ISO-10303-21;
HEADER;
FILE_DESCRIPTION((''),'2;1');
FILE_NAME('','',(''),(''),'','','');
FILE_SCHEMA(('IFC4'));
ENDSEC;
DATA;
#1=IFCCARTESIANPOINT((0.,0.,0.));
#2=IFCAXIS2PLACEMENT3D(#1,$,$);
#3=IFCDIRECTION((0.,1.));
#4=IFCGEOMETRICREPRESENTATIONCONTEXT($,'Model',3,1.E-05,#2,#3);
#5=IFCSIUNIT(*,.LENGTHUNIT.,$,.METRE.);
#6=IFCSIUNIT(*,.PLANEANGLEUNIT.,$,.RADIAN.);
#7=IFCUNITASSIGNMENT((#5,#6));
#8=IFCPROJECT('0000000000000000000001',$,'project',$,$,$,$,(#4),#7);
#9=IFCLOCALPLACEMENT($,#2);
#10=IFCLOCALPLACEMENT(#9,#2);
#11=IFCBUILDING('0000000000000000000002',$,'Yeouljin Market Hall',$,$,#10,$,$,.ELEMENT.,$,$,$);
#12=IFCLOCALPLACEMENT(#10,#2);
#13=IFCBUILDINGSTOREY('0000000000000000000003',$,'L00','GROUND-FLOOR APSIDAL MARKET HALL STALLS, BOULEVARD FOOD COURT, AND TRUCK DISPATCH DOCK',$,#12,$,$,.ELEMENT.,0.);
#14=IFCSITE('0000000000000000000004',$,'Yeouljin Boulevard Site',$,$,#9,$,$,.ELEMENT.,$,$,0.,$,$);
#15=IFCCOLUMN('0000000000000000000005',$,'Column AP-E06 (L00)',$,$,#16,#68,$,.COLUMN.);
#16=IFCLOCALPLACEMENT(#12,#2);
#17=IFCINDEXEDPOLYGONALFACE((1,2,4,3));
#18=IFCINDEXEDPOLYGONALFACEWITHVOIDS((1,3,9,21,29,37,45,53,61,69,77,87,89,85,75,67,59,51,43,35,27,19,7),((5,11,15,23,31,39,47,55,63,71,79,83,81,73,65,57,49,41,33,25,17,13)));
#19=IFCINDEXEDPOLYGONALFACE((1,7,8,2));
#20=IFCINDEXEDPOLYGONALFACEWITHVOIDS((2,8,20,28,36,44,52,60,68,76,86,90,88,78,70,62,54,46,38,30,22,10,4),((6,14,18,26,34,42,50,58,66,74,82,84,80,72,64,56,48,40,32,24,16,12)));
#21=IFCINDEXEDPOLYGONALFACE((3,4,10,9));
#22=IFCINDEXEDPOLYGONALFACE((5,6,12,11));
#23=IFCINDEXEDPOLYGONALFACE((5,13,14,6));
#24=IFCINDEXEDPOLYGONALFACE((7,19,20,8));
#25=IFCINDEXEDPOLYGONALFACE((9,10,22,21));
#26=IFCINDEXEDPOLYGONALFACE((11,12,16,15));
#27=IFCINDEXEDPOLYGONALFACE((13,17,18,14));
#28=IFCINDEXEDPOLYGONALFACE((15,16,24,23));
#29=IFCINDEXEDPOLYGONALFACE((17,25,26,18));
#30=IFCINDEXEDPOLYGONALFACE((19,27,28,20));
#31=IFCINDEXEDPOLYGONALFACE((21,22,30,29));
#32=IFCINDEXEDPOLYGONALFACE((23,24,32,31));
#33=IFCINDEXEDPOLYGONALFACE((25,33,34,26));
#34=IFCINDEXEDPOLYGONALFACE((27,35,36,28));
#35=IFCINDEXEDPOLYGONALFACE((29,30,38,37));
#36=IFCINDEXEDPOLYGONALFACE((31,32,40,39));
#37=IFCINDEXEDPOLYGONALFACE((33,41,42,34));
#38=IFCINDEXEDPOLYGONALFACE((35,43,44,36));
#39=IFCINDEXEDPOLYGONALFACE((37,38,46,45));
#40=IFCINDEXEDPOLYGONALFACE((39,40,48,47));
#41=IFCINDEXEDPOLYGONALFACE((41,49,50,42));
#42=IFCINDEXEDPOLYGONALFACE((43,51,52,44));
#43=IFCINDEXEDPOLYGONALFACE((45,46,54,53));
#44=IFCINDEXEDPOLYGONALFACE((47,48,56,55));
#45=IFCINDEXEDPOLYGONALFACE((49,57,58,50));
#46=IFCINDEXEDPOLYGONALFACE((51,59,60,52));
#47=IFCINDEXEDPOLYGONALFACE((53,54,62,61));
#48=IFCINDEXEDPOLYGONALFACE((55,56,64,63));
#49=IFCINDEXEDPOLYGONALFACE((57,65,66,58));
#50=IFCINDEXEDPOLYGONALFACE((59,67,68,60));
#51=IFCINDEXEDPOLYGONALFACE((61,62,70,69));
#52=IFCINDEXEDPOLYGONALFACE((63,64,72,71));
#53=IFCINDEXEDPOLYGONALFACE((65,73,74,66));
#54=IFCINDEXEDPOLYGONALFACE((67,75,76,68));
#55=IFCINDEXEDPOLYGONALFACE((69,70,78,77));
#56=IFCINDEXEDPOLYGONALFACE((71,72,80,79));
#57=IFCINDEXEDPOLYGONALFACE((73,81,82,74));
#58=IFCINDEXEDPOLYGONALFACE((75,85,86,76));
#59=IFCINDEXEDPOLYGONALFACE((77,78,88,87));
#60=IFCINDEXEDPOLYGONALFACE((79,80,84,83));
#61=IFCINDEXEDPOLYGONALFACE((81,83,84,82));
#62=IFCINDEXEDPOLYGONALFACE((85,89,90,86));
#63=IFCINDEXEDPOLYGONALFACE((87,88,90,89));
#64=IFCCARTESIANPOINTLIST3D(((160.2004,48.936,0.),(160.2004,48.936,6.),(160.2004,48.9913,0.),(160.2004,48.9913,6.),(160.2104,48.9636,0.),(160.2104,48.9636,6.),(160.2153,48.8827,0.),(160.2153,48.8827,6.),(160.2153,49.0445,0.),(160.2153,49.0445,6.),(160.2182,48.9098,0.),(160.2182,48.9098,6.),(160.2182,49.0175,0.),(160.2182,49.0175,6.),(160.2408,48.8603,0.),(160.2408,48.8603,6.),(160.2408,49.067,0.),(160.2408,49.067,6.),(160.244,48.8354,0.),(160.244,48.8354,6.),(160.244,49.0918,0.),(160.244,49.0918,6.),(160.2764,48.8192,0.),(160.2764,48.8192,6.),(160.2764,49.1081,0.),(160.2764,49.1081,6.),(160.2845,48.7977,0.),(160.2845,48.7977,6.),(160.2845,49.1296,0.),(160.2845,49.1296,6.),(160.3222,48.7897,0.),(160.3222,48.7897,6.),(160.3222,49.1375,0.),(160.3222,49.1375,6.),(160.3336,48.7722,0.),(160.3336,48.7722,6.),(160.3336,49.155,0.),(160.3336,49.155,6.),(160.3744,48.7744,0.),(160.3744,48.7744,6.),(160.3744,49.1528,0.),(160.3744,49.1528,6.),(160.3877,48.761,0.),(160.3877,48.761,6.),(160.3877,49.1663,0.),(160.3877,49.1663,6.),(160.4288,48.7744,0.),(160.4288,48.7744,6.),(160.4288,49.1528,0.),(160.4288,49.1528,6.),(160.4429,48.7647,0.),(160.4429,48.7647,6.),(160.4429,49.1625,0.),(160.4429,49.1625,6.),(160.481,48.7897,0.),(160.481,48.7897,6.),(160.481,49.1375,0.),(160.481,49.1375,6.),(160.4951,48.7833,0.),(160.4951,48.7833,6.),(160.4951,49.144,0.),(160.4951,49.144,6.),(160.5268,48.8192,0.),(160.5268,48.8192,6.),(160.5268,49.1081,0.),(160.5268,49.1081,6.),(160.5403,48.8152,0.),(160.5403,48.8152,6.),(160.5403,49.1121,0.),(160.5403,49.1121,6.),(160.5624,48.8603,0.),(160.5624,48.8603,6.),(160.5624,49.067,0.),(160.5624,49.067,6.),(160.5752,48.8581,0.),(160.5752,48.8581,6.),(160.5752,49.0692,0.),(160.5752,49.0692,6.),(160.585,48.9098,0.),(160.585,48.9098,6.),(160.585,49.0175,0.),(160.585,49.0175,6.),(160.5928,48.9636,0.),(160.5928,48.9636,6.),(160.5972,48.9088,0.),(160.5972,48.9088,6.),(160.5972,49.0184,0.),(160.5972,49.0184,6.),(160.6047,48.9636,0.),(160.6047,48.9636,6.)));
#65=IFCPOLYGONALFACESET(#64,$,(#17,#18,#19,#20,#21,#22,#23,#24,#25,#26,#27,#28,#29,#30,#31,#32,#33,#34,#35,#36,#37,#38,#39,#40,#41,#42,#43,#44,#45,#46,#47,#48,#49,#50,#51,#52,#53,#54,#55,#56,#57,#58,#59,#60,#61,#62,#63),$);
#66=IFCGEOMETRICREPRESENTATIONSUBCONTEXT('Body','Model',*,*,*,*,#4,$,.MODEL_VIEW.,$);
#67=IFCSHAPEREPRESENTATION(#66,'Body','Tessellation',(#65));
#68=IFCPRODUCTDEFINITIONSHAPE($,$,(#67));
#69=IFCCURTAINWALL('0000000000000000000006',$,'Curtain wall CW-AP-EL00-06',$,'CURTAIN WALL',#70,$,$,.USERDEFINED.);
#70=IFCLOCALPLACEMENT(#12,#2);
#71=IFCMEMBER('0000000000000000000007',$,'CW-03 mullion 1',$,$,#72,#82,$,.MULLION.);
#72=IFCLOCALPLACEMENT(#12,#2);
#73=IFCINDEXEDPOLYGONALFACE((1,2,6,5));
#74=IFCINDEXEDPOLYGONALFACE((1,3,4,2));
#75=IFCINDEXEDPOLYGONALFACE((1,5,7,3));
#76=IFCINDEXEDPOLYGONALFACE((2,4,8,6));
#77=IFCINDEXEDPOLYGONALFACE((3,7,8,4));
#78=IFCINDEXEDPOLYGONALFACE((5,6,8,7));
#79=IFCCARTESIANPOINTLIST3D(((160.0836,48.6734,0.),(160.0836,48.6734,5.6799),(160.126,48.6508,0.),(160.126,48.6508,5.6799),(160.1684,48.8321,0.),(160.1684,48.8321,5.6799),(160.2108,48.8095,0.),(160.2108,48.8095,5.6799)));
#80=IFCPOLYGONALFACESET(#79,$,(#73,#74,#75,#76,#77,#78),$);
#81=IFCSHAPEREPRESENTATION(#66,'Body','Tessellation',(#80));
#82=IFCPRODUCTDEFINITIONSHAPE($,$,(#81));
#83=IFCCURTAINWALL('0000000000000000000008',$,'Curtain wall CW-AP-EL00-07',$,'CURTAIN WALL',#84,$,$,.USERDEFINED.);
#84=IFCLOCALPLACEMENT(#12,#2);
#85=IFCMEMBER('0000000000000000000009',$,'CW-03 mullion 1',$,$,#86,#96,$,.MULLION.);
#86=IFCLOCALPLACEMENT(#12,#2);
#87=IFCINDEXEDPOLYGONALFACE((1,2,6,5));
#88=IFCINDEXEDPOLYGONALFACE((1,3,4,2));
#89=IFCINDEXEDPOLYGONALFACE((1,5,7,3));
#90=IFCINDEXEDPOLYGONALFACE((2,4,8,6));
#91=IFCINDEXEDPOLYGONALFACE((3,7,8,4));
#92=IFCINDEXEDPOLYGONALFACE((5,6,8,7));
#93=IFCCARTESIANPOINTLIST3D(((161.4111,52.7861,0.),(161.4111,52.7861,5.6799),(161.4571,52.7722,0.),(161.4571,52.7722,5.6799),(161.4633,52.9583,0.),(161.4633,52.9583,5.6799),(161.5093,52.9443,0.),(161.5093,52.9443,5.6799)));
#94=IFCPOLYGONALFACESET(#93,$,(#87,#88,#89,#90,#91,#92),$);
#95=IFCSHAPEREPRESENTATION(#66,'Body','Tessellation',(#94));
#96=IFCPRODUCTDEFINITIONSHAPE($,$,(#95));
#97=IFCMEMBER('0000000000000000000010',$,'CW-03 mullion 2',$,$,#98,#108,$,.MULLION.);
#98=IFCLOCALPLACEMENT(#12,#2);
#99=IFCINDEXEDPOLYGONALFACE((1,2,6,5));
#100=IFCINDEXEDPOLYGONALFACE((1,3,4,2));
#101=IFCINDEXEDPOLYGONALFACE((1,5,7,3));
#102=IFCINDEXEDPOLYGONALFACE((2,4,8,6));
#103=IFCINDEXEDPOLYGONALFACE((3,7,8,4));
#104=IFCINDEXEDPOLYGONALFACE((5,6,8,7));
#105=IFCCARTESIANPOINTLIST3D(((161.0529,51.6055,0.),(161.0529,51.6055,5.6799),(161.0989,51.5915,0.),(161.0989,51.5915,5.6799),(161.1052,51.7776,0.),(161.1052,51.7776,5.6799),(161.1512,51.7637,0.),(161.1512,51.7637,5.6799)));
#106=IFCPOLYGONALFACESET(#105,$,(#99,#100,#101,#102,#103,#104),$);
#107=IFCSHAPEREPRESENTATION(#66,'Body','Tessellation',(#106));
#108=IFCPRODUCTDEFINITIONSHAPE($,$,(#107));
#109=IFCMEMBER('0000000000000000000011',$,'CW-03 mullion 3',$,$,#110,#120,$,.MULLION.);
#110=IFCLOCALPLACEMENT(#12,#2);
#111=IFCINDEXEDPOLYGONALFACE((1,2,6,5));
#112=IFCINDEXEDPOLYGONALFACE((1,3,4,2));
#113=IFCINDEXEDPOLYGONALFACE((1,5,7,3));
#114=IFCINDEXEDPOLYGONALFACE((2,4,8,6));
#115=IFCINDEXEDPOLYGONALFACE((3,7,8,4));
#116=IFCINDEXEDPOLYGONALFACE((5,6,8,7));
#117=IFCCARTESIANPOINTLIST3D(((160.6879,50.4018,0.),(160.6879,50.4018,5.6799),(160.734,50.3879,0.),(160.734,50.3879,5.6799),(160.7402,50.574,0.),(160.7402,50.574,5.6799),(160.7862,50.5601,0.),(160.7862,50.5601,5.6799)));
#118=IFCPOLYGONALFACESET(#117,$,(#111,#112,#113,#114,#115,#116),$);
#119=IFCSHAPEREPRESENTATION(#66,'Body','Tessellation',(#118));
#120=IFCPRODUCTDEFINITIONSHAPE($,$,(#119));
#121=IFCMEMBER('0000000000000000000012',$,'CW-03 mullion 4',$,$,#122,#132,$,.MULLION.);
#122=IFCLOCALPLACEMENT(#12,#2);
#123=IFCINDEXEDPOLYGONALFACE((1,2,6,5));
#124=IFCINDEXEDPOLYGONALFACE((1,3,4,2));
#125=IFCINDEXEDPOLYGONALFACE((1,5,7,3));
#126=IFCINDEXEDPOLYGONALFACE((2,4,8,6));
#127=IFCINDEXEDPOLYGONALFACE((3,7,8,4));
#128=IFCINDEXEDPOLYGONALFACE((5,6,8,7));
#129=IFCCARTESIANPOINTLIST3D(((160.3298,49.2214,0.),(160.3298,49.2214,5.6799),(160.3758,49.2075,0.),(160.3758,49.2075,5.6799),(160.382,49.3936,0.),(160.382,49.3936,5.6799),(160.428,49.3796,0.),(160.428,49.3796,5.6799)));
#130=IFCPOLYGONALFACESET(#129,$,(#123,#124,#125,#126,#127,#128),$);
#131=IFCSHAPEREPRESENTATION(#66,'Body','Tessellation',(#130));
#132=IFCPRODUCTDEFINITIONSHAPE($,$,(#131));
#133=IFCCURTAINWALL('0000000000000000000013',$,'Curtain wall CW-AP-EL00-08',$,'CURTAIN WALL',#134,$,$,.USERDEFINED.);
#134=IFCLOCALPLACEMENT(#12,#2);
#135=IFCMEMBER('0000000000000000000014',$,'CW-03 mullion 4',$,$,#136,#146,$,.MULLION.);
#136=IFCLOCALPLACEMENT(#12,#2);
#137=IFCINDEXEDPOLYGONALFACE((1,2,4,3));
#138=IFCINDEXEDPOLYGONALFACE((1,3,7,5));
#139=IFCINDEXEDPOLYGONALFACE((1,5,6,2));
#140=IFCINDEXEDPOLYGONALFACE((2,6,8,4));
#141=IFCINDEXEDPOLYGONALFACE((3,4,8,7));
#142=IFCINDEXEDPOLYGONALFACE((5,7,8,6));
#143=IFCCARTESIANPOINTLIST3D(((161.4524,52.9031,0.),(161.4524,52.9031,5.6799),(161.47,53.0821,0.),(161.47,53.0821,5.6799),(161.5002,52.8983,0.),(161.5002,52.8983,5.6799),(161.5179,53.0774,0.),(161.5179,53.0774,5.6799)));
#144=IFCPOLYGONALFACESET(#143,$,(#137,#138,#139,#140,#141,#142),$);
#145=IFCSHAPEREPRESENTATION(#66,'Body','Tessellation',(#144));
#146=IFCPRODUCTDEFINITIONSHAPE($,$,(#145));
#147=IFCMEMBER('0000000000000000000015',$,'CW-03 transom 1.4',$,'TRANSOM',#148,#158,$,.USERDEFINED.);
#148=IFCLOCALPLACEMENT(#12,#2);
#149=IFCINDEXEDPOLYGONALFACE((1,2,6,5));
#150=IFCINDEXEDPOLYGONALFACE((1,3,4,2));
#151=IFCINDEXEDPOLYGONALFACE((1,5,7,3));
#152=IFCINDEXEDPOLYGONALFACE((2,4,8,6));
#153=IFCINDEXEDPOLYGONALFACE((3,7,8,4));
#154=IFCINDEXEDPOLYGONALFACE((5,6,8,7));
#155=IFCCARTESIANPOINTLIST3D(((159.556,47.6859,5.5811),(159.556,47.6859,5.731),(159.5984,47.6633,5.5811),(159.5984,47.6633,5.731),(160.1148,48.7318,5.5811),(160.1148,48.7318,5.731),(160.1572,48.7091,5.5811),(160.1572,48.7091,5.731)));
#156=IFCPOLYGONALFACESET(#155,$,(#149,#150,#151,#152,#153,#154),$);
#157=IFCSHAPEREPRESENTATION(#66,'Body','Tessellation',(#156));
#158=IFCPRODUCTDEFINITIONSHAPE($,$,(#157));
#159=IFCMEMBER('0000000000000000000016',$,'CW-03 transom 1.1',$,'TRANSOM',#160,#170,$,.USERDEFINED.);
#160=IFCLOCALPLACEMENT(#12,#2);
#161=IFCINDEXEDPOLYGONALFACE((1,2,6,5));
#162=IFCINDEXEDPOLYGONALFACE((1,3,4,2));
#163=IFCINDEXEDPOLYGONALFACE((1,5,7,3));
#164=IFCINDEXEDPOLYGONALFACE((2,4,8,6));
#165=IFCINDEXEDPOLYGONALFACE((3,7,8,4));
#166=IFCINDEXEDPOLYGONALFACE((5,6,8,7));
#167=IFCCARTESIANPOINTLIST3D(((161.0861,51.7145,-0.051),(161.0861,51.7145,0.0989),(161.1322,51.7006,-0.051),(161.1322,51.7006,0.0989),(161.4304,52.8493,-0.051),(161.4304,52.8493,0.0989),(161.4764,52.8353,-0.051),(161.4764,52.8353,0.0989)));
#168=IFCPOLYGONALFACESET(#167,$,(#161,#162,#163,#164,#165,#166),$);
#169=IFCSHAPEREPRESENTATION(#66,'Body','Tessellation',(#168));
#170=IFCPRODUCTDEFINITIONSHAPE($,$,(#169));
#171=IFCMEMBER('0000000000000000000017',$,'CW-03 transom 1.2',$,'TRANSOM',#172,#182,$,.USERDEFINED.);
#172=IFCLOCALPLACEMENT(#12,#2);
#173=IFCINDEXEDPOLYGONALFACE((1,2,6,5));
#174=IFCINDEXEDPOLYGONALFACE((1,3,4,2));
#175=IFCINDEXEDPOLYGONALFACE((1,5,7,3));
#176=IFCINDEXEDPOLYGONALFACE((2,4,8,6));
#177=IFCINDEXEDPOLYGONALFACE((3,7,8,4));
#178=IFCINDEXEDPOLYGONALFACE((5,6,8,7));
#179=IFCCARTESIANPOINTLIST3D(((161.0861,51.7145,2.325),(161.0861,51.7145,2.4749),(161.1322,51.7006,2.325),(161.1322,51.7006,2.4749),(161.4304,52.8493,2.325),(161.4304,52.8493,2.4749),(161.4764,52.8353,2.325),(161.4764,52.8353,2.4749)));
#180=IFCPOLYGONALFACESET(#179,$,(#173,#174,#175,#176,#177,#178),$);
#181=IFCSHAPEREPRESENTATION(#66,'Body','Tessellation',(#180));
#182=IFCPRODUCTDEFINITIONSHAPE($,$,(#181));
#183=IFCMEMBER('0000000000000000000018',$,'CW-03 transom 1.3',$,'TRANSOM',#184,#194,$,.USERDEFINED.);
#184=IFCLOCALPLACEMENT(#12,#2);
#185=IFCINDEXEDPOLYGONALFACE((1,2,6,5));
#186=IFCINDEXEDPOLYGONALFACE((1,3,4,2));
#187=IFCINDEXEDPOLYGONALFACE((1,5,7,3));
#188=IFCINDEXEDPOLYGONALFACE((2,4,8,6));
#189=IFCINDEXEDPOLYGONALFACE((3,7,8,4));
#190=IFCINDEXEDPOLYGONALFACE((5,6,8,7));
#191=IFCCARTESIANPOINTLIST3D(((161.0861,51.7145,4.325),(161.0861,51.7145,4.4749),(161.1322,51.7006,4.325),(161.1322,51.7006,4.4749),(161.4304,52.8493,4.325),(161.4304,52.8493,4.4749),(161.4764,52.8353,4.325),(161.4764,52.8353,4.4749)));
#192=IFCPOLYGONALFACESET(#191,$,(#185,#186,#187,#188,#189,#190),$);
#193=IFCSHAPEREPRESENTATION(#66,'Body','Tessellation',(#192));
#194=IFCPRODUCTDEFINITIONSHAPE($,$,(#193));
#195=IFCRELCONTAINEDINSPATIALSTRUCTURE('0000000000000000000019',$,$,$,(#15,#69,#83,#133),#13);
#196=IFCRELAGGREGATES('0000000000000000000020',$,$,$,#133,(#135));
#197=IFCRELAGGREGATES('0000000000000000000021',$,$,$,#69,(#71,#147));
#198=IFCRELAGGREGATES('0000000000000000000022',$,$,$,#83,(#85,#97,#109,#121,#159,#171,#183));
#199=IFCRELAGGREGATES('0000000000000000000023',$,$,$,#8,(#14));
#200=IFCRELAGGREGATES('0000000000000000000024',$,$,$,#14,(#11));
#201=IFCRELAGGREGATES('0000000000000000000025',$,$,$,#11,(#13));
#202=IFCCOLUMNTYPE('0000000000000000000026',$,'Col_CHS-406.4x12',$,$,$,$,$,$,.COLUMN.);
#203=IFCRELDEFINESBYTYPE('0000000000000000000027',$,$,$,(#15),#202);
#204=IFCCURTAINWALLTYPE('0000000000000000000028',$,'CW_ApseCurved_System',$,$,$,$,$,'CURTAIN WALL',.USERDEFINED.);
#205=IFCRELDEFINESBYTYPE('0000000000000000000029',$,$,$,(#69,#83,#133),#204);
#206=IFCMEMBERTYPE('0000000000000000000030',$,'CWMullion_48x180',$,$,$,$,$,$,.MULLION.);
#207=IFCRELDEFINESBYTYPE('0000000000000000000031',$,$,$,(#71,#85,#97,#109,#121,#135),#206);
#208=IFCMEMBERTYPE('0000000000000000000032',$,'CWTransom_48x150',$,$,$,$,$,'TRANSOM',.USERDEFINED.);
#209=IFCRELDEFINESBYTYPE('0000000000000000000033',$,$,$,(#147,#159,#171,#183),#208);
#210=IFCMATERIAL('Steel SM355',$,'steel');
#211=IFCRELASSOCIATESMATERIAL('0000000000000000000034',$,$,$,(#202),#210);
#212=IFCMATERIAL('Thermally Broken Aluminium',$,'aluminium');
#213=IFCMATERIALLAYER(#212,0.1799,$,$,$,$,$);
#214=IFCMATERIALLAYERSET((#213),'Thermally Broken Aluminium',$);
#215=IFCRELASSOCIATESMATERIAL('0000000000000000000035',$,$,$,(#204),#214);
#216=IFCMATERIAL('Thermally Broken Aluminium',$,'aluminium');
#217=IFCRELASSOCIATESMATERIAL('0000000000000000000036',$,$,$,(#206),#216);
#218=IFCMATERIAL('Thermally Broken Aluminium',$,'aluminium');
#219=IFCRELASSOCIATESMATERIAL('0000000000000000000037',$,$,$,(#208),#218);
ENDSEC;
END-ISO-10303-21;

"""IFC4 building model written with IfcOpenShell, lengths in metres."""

from ifc_helpers import new_model, si_unit, direction, frame, origin, origin_2d, place, context, subcontext, project, spatial, rectangle, hollow_circle, extrude, material, layer, layer_set, material_profile, profile_set, type_object, element, aggregate, save


model = new_model("IFC4")

# Units and contexts
model_context = context("Model", 3, precision=1e-05, world=origin(), true_north=direction((0.0, 1.0)))
body_context = subcontext(model_context, "Body", "Model", "MODEL_VIEW")
ifc_project = project(units=[si_unit("LENGTHUNIT", "METRE"), si_unit("PLANEANGLEUNIT", "RADIAN")], contexts=[model_context])

# Site, building, storey
site_placement = place(None, origin())
site = spatial("IfcSite", under=ifc_project, at=site_placement, Name="Yeouljin Boulevard Site", CompositionType="ELEMENT", RefElevation=0.0)
building_placement = place(site_placement, origin())
building = spatial("IfcBuilding", under=site, at=building_placement, Name="Yeouljin Market Hall", CompositionType="ELEMENT")
storey_placement = place(building_placement, origin())
storey = spatial("IfcBuildingStorey", under=building, at=storey_placement, Name="L00", Description="GROUND-FLOOR APSIDAL MARKET HALL STALLS, BOULEVARD FOOD COURT, AND TRUCK DISPATCH DOCK", CompositionType="ELEMENT", Elevation=0.0)

# Column
ifc_material_1 = material(Name="Steel SM355", Category="steel")
ifc_material_profile_1 = material_profile(ifc_material_1, hollow_circle(Radius=0.2031, WallThickness=0.012, at=origin_2d()), Name="CHS-406.4x12")
ifc_profile_set_1 = profile_set([ifc_material_profile_1], Name="Steel SM355")
column_type = type_object("IfcColumnType", Name="Col_CHS-406.4x12", PredefinedType="COLUMN", material=ifc_profile_set_1)
column_placement = place(storey_placement, frame((160.4016, 48.9636, 0.0), z_axis=(0.0, 0.0, 1.0), x_axis=(1.0, 0.0, 0.0)))
element("IfcColumn", 1, at=column_placement, inside=storey, type_object=column_type, Name="Column AP-E06 (L00)", PredefinedType="COLUMN", context=body_context, shape_type="SweptSolid", body=[
    extrude(hollow_circle(Radius=0.2031, WallThickness=0.012, at=origin_2d()), origin(), (0.0, 0.0, 1.0), 6.0),
])

# Curtain wall, member
ifc_material_2 = material(Name="Thermally Broken Aluminium", Category="aluminium")
ifc_layer_1 = layer(ifc_material_2, 0.1799)
ifc_layer_set_1 = layer_set([ifc_layer_1], Name="Thermally Broken Aluminium")
curtain_wall_type = type_object("IfcCurtainWallType", Name="CW_ApseCurved_System", ElementType="CURTAIN WALL", PredefinedType="USERDEFINED", material=ifc_layer_set_1)
curtain_wall_1_placement = place(storey_placement, origin())
curtain_wall_1 = element("IfcCurtainWall", 2, at=curtain_wall_1_placement, inside=storey, type_object=curtain_wall_type, Name="Curtain wall CW-AP-EL00-06", ObjectType="CURTAIN WALL", PredefinedType="USERDEFINED")
ifc_material_3 = material(Name="Thermally Broken Aluminium", Category="aluminium")
ifc_material_profile_2 = material_profile(ifc_material_3, rectangle(XDim=0.0481, YDim=0.1799, at=origin_2d()), Name="CW-MULL-48x180")
ifc_profile_set_2 = profile_set([ifc_material_profile_2], Name="Thermally Broken Aluminium")
member_type_1 = type_object("IfcMemberType", Name="CWMullion_48x180", PredefinedType="MULLION", material=ifc_profile_set_2)
member_1_placement = place(storey_placement, frame((160.1472, 48.7415, 0.0), z_axis=(0.0, 0.0, 1.0), x_axis=(0.881931, -0.471378, 0.0)))
member_1 = element("IfcMember", 3, at=member_1_placement, type_object=member_type_1, Name="CW-03 mullion 1", PredefinedType="MULLION", context=body_context, shape_type="SweptSolid", body=[
    extrude(rectangle(XDim=0.0481, YDim=0.1799, at=origin_2d()), origin(), (0.0, 0.0, 1.0), 5.6799),
])

# Curtain wall, members
curtain_wall_2_placement = place(storey_placement, origin())
curtain_wall_2 = element("IfcCurtainWall", 4, at=curtain_wall_2_placement, inside=storey, type_object=curtain_wall_type, Name="Curtain wall CW-AP-EL00-07", ObjectType="CURTAIN WALL", PredefinedType="USERDEFINED")
member_2_placement = place(storey_placement, frame((161.4602, 52.8652, 0.0), z_axis=(0.0, 0.0, 1.0), x_axis=(0.95694, -0.290286, 0.0)))
member_2 = element("IfcMember", 5, at=member_2_placement, type_object=member_type_1, Name="CW-03 mullion 1", PredefinedType="MULLION", context=body_context, shape_type="SweptSolid", body=[
    extrude(rectangle(XDim=0.0481, YDim=0.1799, at=origin_2d()), origin(), (0.0, 0.0, 1.0), 5.6799),
])
member_3_placement = place(storey_placement, frame((161.1021, 51.6846, 0.0), z_axis=(0.0, 0.0, 1.0), x_axis=(0.95694, -0.290286, 0.0)))
member_3 = element("IfcMember", 6, at=member_3_placement, type_object=member_type_1, Name="CW-03 mullion 2", PredefinedType="MULLION", context=body_context, shape_type="SweptSolid", body=[
    extrude(rectangle(XDim=0.0481, YDim=0.1799, at=origin_2d()), origin(), (0.0, 0.0, 1.0), 5.6799),
])
member_4_placement = place(storey_placement, frame((160.7371, 50.481, 0.0), z_axis=(0.0, 0.0, 1.0), x_axis=(0.95694, -0.290286, 0.0)))
member_4 = element("IfcMember", 7, at=member_4_placement, type_object=member_type_1, Name="CW-03 mullion 3", PredefinedType="MULLION", context=body_context, shape_type="SweptSolid", body=[
    extrude(rectangle(XDim=0.0481, YDim=0.1799, at=origin_2d()), origin(), (0.0, 0.0, 1.0), 5.6799),
])
member_5_placement = place(storey_placement, frame((160.3789, 49.3005, 0.0), z_axis=(0.0, 0.0, 1.0), x_axis=(0.95694, -0.290286, 0.0)))
member_5 = element("IfcMember", 8, at=member_5_placement, type_object=member_type_1, Name="CW-03 mullion 4", PredefinedType="MULLION", context=body_context, shape_type="SweptSolid", body=[
    extrude(rectangle(XDim=0.0481, YDim=0.1799, at=origin_2d()), origin(), (0.0, 0.0, 1.0), 5.6799),
])

# Curtain wall, member
curtain_wall_3_placement = place(storey_placement, origin())
curtain_wall_3 = element("IfcCurtainWall", 9, at=curtain_wall_3_placement, inside=storey, type_object=curtain_wall_type, Name="Curtain wall CW-AP-EL00-08", ObjectType="CURTAIN WALL", PredefinedType="USERDEFINED")
member_6_placement = place(storey_placement, frame((161.4851, 52.9902, 0.0), z_axis=(0.0, 0.0, 1.0), x_axis=(0.995183, -0.098034, 0.0)))
member_6 = element("IfcMember", 10, at=member_6_placement, type_object=member_type_1, Name="CW-03 mullion 4", PredefinedType="MULLION", context=body_context, shape_type="SweptSolid", body=[
    extrude(rectangle(XDim=0.0481, YDim=0.1799, at=origin_2d()), origin(), (0.0, 0.0, 1.0), 5.6799),
])
aggregate(curtain_wall_3, [member_6])

# Members
ifc_material_4 = material(Name="Thermally Broken Aluminium", Category="aluminium")
ifc_material_profile_3 = material_profile(ifc_material_4, rectangle(XDim=0.0481, YDim=0.1499, at=origin_2d()), Name="CW-TRAN-48x150")
ifc_profile_set_3 = profile_set([ifc_material_profile_3], Name="Thermally Broken Aluminium")
member_type_2 = type_object("IfcMemberType", Name="CWTransom_48x150", ElementType="TRANSOM", PredefinedType="USERDEFINED", material=ifc_profile_set_3)
member_7_placement = place(storey_placement, frame((160.136, 48.7205, 5.656), z_axis=(-0.471261, -0.881994, 0.0), x_axis=(0.881994, -0.471261, 0.0)))
member_7 = element("IfcMember", 11, at=member_7_placement, type_object=member_type_2, Name="CW-03 transom 1.4", ObjectType="TRANSOM", PredefinedType="USERDEFINED", context=body_context, shape_type="SweptSolid", body=[
    extrude(rectangle(XDim=0.0481, YDim=0.1499, at=origin_2d()), origin(), (0.0, 0.0, 1.0), 1.1858),
])
aggregate(curtain_wall_1, [member_1, member_7])
member_8_placement = place(storey_placement, frame((161.4534, 52.8423, 0.0239), z_axis=(-0.290293, -0.956938, 0.0), x_axis=(0.956938, -0.290293, 0.0)))
member_8 = element("IfcMember", 12, at=member_8_placement, type_object=member_type_2, Name="CW-03 transom 1.1", ObjectType="TRANSOM", PredefinedType="USERDEFINED", context=body_context, shape_type="SweptSolid", body=[
    extrude(rectangle(XDim=0.0481, YDim=0.1499, at=origin_2d()), origin(), (0.0, 0.0, 1.0), 1.1858),
])
member_9_placement = place(storey_placement, frame((161.4534, 52.8423, 2.3999), z_axis=(-0.290293, -0.956938, 0.0), x_axis=(0.956938, -0.290293, 0.0)))
member_9 = element("IfcMember", 13, at=member_9_placement, type_object=member_type_2, Name="CW-03 transom 1.2", ObjectType="TRANSOM", PredefinedType="USERDEFINED", context=body_context, shape_type="SweptSolid", body=[
    extrude(rectangle(XDim=0.0481, YDim=0.1499, at=origin_2d()), origin(), (0.0, 0.0, 1.0), 1.1858),
])
member_10_placement = place(storey_placement, frame((161.4534, 52.8423, 4.3999), z_axis=(-0.290293, -0.956938, 0.0), x_axis=(0.956938, -0.290293, 0.0)))
member_10 = element("IfcMember", 14, at=member_10_placement, type_object=member_type_2, Name="CW-03 transom 1.3", ObjectType="TRANSOM", PredefinedType="USERDEFINED", context=body_context, shape_type="SweptSolid", body=[
    extrude(rectangle(XDim=0.0481, YDim=0.1499, at=origin_2d()), origin(), (0.0, 0.0, 1.0), 1.1858),
])

aggregate(curtain_wall_2, [member_2, member_3, member_4, member_5, member_8, member_9, member_10])

save(model, "model.ifc")
